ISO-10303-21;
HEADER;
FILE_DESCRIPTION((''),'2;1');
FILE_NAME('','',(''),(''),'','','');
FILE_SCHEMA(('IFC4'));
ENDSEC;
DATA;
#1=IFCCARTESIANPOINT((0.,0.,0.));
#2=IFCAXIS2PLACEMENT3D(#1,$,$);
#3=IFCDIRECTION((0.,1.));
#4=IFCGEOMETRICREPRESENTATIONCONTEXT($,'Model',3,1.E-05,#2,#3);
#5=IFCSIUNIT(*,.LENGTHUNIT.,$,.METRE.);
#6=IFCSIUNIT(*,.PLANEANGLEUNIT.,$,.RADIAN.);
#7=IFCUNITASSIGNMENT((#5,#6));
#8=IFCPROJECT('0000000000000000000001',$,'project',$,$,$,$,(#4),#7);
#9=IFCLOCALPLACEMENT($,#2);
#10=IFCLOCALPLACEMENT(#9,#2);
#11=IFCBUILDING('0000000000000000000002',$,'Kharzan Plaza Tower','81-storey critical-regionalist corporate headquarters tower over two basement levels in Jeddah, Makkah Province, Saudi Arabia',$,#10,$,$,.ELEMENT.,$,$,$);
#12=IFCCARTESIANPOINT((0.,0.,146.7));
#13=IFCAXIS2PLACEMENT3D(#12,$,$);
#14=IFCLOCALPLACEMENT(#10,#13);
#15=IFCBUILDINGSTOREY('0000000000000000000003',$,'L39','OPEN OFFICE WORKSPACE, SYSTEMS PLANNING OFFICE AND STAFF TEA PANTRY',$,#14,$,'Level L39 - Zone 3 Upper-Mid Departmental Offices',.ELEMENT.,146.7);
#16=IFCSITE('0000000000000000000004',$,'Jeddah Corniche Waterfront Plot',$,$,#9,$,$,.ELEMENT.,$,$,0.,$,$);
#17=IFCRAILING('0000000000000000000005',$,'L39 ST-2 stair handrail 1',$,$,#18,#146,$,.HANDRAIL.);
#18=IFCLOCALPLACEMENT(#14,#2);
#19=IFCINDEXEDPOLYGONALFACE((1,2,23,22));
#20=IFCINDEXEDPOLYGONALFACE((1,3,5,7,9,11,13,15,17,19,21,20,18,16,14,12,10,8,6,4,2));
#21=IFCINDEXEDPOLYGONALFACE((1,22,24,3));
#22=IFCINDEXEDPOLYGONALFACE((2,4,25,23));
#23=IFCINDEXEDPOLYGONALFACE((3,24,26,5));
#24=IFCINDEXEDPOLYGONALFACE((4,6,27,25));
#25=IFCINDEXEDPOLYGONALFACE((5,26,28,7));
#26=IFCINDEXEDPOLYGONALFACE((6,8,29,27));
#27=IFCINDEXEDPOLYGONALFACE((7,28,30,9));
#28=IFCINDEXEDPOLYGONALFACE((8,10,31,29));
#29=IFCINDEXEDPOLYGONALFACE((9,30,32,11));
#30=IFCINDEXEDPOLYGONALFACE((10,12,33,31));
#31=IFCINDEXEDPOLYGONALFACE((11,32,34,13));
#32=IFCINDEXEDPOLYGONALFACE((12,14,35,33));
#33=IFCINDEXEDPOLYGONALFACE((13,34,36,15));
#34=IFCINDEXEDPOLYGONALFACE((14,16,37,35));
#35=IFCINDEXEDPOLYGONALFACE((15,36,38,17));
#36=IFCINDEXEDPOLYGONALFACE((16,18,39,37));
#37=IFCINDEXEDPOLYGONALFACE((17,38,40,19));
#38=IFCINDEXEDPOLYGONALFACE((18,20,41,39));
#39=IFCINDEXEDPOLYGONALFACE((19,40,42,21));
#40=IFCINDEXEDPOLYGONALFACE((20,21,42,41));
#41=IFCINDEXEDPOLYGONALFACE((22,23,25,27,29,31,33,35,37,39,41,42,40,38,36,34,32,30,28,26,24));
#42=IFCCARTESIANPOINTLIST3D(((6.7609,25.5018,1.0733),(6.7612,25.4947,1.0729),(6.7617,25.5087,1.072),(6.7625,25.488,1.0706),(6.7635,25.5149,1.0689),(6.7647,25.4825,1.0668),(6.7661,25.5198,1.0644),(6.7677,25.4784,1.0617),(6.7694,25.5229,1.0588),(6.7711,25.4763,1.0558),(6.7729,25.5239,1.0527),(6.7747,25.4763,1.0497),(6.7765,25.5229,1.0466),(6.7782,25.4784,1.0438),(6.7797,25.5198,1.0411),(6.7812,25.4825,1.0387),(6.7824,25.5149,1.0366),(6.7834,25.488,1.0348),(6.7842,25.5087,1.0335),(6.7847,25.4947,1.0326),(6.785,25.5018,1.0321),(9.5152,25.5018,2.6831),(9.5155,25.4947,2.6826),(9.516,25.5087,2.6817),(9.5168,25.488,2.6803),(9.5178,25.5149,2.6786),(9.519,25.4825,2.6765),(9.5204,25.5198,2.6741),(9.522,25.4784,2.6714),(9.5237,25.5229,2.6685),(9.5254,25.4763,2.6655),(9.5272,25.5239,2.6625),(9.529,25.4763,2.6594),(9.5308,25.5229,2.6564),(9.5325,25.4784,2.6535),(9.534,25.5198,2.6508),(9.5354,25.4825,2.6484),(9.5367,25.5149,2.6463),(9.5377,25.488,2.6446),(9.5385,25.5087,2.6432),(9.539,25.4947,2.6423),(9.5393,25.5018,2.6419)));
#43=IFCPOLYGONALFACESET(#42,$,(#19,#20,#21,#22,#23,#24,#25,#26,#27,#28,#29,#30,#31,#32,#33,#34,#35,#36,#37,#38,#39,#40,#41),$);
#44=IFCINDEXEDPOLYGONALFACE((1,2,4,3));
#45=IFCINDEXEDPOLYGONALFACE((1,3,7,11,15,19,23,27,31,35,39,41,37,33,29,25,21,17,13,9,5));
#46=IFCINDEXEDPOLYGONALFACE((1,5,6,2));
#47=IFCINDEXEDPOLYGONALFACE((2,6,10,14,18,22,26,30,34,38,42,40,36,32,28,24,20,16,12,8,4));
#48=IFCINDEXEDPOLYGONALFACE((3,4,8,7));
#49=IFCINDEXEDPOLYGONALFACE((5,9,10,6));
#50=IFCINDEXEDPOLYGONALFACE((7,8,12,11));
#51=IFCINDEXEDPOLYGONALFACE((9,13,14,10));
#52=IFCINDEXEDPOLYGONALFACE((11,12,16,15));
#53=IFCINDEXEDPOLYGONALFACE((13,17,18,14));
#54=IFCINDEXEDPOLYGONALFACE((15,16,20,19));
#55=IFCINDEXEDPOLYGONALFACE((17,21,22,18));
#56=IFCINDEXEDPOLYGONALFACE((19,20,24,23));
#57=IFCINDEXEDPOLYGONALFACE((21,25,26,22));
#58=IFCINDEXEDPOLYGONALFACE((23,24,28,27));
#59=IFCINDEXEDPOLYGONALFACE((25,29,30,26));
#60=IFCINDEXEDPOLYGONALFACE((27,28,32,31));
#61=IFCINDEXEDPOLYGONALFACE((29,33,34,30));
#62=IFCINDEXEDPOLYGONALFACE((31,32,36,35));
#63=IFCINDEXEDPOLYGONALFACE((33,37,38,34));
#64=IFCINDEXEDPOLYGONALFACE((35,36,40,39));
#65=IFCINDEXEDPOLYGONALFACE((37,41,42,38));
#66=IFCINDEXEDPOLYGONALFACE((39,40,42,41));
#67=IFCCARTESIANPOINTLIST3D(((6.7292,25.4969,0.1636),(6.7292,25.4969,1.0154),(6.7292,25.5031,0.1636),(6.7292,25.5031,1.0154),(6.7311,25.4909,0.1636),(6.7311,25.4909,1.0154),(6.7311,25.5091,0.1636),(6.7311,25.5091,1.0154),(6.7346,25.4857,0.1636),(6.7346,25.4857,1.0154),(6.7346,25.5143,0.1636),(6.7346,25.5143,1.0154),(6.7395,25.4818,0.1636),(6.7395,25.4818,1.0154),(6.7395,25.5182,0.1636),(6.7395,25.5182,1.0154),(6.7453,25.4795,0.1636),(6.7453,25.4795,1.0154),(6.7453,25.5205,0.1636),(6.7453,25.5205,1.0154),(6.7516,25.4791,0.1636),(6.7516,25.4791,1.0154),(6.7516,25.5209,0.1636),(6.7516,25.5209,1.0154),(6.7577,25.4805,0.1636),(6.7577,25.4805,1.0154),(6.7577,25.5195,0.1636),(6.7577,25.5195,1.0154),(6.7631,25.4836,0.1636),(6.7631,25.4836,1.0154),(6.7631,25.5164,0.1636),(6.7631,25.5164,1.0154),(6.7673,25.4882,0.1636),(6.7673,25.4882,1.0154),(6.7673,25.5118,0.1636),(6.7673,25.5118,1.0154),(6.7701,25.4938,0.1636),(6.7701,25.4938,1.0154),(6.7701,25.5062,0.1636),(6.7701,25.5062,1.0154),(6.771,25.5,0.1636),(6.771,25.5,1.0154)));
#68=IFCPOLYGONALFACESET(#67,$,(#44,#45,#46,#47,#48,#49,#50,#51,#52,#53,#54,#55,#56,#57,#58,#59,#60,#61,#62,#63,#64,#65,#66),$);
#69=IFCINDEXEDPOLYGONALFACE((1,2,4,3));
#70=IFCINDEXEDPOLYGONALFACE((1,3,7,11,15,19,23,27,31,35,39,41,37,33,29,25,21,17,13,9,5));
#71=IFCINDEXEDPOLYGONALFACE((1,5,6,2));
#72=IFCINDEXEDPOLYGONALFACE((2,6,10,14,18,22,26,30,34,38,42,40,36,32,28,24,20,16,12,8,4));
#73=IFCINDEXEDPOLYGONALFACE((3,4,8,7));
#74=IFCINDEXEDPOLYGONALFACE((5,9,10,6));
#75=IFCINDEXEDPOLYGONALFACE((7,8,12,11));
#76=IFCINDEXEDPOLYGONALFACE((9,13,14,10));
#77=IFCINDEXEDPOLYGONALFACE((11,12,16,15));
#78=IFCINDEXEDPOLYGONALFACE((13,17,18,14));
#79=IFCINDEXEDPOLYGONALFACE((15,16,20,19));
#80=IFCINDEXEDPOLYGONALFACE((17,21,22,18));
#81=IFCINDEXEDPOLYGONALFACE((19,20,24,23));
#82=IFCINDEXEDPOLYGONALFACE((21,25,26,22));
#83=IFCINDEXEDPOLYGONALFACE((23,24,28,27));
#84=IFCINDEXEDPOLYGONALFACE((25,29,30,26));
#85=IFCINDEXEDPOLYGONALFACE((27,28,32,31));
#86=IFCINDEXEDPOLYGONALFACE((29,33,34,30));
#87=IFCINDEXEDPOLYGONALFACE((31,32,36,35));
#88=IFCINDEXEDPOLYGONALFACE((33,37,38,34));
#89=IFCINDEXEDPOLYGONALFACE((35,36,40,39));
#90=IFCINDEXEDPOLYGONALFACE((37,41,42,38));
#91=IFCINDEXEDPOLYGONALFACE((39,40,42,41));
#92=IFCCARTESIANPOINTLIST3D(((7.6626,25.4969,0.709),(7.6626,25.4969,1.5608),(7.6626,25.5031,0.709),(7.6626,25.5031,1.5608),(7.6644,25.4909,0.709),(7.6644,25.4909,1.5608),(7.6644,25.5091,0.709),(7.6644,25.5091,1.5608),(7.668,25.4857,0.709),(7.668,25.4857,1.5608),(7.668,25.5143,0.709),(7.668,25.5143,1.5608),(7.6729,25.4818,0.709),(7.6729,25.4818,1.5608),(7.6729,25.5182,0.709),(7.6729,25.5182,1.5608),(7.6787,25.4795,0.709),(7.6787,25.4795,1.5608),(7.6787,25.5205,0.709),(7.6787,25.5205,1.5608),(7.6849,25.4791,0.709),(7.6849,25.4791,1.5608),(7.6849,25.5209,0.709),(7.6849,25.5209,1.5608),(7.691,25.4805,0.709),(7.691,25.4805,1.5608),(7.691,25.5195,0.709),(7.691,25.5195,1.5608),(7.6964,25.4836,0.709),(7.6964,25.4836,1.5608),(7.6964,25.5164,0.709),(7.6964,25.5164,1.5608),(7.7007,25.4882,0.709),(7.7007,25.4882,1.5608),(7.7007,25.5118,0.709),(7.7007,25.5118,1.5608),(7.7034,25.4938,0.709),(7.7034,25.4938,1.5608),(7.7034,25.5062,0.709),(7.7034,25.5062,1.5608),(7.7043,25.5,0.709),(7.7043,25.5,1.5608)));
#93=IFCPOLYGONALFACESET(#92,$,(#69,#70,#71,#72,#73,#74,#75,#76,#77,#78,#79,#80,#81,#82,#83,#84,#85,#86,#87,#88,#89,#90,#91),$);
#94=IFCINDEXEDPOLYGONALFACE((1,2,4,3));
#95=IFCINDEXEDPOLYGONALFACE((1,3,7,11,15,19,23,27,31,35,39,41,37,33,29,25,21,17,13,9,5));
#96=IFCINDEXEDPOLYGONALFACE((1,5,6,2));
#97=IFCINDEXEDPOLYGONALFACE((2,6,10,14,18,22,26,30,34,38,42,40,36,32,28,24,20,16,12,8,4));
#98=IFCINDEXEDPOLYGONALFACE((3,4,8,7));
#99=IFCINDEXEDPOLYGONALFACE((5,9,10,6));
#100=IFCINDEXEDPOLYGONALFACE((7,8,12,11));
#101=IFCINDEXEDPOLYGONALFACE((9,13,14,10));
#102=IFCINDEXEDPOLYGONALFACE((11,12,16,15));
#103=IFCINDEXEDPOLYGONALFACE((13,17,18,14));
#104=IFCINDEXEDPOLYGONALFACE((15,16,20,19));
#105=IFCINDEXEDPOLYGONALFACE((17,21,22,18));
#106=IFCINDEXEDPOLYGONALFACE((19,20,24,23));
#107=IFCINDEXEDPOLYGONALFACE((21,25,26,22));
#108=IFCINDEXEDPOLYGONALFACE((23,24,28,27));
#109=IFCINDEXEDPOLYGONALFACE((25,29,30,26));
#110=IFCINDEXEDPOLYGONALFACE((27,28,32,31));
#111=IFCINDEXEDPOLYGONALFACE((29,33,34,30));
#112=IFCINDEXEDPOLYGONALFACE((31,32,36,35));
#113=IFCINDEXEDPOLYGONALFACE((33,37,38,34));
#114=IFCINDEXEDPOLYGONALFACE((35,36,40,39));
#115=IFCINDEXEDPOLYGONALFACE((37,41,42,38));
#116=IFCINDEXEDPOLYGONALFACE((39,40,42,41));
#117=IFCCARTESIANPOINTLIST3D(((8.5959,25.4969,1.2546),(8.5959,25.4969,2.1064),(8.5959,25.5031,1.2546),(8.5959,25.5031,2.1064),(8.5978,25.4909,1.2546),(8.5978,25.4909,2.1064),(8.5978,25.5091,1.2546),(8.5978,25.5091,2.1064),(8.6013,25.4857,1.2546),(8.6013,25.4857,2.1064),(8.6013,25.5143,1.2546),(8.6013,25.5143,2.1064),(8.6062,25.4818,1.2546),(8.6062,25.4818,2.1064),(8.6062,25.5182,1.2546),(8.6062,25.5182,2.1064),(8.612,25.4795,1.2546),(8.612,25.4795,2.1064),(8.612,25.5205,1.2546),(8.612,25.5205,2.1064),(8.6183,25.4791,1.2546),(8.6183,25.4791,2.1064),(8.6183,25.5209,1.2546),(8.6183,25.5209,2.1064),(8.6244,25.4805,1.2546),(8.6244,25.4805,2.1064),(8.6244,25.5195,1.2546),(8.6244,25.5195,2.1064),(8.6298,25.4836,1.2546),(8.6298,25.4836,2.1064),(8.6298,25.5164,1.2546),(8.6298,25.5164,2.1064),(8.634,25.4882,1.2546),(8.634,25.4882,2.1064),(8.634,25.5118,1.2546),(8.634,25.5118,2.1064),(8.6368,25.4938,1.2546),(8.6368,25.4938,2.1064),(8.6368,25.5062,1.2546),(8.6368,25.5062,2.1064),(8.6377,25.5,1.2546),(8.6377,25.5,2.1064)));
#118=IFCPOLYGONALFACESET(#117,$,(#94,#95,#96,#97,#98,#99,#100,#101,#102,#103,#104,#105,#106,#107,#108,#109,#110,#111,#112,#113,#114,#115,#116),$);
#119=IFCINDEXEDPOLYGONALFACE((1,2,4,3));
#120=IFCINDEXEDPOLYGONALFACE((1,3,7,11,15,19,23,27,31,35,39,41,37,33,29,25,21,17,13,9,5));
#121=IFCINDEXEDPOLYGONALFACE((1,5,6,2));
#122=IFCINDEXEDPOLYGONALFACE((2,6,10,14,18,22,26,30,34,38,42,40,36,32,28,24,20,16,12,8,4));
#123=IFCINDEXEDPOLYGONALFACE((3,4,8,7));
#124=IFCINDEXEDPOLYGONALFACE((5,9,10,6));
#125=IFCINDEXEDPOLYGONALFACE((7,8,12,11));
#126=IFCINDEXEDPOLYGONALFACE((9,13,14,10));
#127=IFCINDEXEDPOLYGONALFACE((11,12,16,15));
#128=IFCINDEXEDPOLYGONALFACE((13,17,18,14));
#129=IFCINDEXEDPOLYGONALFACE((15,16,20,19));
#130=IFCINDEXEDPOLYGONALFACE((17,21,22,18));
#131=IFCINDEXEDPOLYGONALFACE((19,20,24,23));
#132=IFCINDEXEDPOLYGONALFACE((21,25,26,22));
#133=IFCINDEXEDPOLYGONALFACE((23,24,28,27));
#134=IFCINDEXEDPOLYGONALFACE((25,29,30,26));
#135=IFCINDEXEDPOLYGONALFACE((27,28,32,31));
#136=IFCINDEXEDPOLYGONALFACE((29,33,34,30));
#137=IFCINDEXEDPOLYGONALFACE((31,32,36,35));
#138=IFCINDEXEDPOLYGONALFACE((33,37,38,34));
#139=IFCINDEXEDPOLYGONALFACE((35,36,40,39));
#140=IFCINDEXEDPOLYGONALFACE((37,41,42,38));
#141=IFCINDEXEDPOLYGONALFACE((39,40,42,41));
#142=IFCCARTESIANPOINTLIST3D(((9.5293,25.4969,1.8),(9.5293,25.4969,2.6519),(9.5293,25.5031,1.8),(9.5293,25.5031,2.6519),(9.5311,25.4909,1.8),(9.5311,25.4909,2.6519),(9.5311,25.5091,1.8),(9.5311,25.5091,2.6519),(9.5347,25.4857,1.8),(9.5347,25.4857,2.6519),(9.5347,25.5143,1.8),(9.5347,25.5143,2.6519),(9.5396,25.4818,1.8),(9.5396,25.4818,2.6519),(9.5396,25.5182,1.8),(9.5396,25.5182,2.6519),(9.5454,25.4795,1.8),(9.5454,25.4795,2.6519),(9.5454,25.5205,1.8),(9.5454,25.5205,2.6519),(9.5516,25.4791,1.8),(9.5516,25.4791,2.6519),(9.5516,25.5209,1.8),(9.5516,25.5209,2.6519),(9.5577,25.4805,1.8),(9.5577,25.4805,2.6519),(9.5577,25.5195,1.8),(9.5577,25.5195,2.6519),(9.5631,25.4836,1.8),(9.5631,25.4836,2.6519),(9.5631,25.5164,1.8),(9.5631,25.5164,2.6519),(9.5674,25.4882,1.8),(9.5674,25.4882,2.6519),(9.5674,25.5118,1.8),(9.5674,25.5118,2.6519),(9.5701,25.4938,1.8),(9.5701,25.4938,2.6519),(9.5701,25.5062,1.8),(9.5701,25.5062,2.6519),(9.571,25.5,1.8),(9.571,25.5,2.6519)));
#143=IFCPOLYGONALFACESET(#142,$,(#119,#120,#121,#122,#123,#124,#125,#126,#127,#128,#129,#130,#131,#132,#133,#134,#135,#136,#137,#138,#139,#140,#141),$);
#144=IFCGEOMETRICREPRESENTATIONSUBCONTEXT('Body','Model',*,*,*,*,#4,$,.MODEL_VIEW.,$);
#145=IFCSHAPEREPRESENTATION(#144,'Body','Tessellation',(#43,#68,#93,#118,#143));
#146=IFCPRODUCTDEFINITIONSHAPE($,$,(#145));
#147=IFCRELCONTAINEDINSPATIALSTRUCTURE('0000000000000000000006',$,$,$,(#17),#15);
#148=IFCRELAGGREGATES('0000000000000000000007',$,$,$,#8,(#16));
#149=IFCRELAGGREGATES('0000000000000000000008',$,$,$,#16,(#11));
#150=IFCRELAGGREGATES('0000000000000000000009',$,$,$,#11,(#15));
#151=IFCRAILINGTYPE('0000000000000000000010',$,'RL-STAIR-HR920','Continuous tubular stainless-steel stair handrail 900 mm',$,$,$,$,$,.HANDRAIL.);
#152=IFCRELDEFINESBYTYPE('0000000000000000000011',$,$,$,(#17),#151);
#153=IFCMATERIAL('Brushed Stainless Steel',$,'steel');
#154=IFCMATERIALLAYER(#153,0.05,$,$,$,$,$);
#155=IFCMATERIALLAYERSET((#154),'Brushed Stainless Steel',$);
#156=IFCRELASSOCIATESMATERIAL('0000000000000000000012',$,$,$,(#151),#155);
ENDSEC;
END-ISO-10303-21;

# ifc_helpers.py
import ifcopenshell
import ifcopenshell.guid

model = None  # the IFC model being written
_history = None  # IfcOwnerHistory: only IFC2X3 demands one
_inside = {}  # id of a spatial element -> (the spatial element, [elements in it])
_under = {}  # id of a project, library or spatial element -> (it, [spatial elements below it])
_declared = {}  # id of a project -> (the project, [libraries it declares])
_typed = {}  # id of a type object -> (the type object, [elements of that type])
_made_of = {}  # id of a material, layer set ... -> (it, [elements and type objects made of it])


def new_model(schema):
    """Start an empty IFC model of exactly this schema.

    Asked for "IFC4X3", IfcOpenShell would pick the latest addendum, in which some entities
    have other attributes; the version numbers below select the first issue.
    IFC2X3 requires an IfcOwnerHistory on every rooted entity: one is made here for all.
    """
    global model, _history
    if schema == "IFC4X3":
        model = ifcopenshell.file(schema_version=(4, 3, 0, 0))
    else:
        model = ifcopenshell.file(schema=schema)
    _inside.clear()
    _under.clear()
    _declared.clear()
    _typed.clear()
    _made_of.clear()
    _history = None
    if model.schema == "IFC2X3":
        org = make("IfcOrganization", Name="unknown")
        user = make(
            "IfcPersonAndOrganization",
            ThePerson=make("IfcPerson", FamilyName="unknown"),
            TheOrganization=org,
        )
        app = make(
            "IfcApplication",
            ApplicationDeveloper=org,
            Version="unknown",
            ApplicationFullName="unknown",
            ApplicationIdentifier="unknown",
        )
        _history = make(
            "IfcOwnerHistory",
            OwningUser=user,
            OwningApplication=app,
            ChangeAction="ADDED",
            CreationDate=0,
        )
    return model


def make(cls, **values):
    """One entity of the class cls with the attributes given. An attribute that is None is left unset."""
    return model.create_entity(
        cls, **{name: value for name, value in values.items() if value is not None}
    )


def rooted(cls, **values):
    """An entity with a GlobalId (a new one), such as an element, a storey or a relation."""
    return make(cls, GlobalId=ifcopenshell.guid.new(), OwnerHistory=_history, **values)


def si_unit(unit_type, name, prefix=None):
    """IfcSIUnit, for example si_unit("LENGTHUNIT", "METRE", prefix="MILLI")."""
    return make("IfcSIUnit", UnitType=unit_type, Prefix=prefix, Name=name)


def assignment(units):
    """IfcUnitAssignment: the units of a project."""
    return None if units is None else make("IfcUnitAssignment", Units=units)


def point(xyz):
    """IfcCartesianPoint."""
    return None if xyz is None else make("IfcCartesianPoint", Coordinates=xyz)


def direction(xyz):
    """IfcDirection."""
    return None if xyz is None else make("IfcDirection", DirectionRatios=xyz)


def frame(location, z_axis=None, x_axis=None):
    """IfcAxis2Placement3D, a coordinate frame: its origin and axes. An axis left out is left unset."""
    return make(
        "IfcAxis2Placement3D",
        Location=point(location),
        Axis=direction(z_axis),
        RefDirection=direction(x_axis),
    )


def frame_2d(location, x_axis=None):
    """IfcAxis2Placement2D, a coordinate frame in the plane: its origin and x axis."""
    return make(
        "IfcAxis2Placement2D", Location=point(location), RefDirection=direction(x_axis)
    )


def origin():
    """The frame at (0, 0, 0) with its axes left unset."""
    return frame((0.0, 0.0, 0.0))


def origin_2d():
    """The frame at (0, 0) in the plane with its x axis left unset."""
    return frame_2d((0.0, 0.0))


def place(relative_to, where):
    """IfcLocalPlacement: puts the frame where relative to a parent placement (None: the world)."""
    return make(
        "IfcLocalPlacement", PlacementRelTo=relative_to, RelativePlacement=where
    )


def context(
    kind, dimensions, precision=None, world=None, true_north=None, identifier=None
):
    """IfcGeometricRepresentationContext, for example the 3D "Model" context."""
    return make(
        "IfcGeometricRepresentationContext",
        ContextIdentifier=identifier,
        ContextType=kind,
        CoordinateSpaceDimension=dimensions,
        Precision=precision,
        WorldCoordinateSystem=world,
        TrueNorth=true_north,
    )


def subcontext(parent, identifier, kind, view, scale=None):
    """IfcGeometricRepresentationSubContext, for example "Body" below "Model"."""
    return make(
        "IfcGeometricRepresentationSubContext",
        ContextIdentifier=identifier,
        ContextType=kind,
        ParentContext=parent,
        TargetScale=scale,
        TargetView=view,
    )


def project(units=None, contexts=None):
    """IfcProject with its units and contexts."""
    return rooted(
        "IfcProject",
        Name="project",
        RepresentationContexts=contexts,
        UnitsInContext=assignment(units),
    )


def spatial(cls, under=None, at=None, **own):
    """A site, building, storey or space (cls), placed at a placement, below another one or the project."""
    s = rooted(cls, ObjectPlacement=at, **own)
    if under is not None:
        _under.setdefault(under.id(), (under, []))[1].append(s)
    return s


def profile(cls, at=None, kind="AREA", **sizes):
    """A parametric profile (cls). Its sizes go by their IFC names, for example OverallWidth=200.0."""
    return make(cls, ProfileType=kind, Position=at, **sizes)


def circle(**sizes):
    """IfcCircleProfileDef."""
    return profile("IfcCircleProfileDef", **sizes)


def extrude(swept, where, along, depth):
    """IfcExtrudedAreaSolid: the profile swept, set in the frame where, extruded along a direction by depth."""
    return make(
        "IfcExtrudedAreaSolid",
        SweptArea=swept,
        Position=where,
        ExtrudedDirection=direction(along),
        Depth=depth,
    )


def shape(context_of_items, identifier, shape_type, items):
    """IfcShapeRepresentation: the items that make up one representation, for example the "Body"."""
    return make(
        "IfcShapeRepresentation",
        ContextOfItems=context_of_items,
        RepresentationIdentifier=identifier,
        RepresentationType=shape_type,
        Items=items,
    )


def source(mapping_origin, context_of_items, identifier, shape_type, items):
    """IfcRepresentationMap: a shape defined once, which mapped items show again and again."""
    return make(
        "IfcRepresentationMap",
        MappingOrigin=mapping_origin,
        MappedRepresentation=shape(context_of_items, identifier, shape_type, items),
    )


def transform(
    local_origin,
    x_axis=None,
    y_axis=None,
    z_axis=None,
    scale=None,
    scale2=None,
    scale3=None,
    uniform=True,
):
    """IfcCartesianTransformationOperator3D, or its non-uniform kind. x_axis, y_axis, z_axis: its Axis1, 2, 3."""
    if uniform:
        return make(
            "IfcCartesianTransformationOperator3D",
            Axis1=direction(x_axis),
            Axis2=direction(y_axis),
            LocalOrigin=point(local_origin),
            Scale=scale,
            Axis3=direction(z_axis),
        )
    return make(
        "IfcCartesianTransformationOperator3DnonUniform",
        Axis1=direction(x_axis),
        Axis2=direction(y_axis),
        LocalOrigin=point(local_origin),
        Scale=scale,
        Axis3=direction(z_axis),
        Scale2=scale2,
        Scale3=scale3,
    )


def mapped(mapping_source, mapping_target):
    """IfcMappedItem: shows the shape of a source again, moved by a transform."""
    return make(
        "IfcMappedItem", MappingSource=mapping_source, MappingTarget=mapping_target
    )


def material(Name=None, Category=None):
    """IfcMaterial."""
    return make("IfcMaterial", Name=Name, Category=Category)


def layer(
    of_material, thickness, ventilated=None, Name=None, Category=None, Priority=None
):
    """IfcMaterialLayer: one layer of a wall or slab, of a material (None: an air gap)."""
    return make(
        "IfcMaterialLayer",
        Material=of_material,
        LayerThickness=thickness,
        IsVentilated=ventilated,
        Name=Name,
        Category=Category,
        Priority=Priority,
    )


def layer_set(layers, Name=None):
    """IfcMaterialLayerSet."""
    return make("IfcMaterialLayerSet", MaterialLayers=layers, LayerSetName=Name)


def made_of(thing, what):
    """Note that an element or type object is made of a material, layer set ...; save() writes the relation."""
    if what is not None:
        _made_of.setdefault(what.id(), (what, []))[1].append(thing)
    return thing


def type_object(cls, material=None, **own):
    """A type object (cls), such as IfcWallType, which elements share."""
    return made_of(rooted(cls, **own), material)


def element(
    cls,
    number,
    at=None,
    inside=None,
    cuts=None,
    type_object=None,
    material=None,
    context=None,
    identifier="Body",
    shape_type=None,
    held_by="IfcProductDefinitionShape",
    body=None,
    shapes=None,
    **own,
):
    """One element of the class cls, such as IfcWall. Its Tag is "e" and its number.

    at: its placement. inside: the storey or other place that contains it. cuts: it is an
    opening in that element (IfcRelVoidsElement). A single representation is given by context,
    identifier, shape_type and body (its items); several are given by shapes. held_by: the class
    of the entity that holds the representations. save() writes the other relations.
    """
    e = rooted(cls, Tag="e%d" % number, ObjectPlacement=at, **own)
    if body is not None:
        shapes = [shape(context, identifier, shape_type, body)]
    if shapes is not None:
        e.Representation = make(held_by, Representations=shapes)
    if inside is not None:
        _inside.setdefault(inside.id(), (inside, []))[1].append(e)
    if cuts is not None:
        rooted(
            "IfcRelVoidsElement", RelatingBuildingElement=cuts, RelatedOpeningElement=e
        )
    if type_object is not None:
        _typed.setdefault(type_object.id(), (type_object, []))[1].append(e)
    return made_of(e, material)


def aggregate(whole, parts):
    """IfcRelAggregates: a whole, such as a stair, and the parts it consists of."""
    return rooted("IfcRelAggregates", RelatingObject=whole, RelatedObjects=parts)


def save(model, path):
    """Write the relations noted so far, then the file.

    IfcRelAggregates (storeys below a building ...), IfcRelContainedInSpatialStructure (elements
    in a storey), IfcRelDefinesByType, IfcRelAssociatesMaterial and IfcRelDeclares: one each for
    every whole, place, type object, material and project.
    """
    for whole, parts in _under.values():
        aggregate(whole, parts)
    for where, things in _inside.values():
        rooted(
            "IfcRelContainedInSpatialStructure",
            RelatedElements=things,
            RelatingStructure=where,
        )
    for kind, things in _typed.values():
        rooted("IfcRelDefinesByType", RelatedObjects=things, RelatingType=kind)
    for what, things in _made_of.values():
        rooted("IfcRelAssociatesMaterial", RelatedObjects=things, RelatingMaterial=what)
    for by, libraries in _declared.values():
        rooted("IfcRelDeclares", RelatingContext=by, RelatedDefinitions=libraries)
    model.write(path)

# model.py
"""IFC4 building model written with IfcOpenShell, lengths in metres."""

from ifc_helpers import new_model, si_unit, direction, frame, origin, origin_2d, place, context, subcontext, project, spatial, circle, extrude, source, transform, mapped, material, layer, layer_set, type_object, element, save


model = new_model("IFC4")

# Units and contexts
model_context = context("Model", 3, precision=1e-05, world=origin(), true_north=direction((0.0, 1.0)))
body_context = subcontext(model_context, "Body", "Model", "MODEL_VIEW")
ifc_project = project(units=[si_unit("LENGTHUNIT", "METRE"), si_unit("PLANEANGLEUNIT", "RADIAN")], contexts=[model_context])

# Site, building, storey
site_placement = place(None, origin())
site = spatial("IfcSite", under=ifc_project, at=site_placement, Name="Jeddah Corniche Waterfront Plot", CompositionType="ELEMENT", RefElevation=0.0)
building_placement = place(site_placement, origin())
building = spatial("IfcBuilding", under=site, at=building_placement, Name="Kharzan Plaza Tower", Description="81-storey critical-regionalist corporate headquarters tower over two basement levels in Jeddah, Makkah Province, Saudi Arabia", CompositionType="ELEMENT")
storey_placement = place(building_placement, frame((0.0, 0.0, 146.7)))
storey = spatial("IfcBuildingStorey", under=building, at=storey_placement, Name="L39", Description="OPEN OFFICE WORKSPACE, SYSTEMS PLANNING OFFICE AND STAFF TEA PANTRY", LongName="Level L39 - Zone 3 Upper-Mid Departmental Offices", CompositionType="ELEMENT", Elevation=146.7)

# Railing
ifc_material_1 = material(Name="Brushed Stainless Steel", Category="steel")
ifc_layer_1 = layer(ifc_material_1, 0.05)
ifc_layer_set_1 = layer_set([ifc_layer_1], Name="Brushed Stainless Steel")
railing_type_1 = type_object("IfcRailingType", Name="RL-STAIR-HR920", Description="Continuous tubular stainless-steel stair handrail 900 mm", PredefinedType="HANDRAIL", material=ifc_layer_set_1)
shared_shape_1 = source(origin(), body_context, "Body", "SweptSolid", [
    extrude(circle(Radius=0.0239, at=origin_2d()), frame((0.0229, 0.0, 0.8892), z_axis=(0.863361, 0.0, 0.504587), x_axis=(0.0, 1.0, 0.0)), (0.0, 0.0, 1.0), 3.1902),
    extrude(circle(Radius=0.021, at=origin_2d()), origin(), (0.0, 0.0, 1.0), 0.8518),
    extrude(circle(Radius=0.021, at=origin_2d()), frame((0.9333, 0.0, 0.5454)), (0.0, 0.0, 1.0), 0.8518),
    extrude(circle(Radius=0.021, at=origin_2d()), frame((1.8667, 0.0, 1.0911)), (0.0, 0.0, 1.0), 0.8518),
    extrude(circle(Radius=0.021, at=origin_2d()), frame((2.8, 0.0, 1.6365)), (0.0, 0.0, 1.0), 0.8518),
])
railing_1_placement = place(storey_placement, frame((6.75, 25.5, 0.1636)))
element("IfcRailing", 1, at=railing_1_placement, inside=storey, type_object=railing_type_1, Name="L39 ST-2 stair handrail 1", PredefinedType="HANDRAIL", context=body_context, shape_type="MappedRepresentation", body=[
    mapped(shared_shape_1, transform((0.0, 0.0, 0.0), x_axis=(1.0, 0.0, 0.0), y_axis=(0.0, 1.0, 0.0), z_axis=(0.0, 0.0, 1.0))),
])

save(model, "model.ifc")
